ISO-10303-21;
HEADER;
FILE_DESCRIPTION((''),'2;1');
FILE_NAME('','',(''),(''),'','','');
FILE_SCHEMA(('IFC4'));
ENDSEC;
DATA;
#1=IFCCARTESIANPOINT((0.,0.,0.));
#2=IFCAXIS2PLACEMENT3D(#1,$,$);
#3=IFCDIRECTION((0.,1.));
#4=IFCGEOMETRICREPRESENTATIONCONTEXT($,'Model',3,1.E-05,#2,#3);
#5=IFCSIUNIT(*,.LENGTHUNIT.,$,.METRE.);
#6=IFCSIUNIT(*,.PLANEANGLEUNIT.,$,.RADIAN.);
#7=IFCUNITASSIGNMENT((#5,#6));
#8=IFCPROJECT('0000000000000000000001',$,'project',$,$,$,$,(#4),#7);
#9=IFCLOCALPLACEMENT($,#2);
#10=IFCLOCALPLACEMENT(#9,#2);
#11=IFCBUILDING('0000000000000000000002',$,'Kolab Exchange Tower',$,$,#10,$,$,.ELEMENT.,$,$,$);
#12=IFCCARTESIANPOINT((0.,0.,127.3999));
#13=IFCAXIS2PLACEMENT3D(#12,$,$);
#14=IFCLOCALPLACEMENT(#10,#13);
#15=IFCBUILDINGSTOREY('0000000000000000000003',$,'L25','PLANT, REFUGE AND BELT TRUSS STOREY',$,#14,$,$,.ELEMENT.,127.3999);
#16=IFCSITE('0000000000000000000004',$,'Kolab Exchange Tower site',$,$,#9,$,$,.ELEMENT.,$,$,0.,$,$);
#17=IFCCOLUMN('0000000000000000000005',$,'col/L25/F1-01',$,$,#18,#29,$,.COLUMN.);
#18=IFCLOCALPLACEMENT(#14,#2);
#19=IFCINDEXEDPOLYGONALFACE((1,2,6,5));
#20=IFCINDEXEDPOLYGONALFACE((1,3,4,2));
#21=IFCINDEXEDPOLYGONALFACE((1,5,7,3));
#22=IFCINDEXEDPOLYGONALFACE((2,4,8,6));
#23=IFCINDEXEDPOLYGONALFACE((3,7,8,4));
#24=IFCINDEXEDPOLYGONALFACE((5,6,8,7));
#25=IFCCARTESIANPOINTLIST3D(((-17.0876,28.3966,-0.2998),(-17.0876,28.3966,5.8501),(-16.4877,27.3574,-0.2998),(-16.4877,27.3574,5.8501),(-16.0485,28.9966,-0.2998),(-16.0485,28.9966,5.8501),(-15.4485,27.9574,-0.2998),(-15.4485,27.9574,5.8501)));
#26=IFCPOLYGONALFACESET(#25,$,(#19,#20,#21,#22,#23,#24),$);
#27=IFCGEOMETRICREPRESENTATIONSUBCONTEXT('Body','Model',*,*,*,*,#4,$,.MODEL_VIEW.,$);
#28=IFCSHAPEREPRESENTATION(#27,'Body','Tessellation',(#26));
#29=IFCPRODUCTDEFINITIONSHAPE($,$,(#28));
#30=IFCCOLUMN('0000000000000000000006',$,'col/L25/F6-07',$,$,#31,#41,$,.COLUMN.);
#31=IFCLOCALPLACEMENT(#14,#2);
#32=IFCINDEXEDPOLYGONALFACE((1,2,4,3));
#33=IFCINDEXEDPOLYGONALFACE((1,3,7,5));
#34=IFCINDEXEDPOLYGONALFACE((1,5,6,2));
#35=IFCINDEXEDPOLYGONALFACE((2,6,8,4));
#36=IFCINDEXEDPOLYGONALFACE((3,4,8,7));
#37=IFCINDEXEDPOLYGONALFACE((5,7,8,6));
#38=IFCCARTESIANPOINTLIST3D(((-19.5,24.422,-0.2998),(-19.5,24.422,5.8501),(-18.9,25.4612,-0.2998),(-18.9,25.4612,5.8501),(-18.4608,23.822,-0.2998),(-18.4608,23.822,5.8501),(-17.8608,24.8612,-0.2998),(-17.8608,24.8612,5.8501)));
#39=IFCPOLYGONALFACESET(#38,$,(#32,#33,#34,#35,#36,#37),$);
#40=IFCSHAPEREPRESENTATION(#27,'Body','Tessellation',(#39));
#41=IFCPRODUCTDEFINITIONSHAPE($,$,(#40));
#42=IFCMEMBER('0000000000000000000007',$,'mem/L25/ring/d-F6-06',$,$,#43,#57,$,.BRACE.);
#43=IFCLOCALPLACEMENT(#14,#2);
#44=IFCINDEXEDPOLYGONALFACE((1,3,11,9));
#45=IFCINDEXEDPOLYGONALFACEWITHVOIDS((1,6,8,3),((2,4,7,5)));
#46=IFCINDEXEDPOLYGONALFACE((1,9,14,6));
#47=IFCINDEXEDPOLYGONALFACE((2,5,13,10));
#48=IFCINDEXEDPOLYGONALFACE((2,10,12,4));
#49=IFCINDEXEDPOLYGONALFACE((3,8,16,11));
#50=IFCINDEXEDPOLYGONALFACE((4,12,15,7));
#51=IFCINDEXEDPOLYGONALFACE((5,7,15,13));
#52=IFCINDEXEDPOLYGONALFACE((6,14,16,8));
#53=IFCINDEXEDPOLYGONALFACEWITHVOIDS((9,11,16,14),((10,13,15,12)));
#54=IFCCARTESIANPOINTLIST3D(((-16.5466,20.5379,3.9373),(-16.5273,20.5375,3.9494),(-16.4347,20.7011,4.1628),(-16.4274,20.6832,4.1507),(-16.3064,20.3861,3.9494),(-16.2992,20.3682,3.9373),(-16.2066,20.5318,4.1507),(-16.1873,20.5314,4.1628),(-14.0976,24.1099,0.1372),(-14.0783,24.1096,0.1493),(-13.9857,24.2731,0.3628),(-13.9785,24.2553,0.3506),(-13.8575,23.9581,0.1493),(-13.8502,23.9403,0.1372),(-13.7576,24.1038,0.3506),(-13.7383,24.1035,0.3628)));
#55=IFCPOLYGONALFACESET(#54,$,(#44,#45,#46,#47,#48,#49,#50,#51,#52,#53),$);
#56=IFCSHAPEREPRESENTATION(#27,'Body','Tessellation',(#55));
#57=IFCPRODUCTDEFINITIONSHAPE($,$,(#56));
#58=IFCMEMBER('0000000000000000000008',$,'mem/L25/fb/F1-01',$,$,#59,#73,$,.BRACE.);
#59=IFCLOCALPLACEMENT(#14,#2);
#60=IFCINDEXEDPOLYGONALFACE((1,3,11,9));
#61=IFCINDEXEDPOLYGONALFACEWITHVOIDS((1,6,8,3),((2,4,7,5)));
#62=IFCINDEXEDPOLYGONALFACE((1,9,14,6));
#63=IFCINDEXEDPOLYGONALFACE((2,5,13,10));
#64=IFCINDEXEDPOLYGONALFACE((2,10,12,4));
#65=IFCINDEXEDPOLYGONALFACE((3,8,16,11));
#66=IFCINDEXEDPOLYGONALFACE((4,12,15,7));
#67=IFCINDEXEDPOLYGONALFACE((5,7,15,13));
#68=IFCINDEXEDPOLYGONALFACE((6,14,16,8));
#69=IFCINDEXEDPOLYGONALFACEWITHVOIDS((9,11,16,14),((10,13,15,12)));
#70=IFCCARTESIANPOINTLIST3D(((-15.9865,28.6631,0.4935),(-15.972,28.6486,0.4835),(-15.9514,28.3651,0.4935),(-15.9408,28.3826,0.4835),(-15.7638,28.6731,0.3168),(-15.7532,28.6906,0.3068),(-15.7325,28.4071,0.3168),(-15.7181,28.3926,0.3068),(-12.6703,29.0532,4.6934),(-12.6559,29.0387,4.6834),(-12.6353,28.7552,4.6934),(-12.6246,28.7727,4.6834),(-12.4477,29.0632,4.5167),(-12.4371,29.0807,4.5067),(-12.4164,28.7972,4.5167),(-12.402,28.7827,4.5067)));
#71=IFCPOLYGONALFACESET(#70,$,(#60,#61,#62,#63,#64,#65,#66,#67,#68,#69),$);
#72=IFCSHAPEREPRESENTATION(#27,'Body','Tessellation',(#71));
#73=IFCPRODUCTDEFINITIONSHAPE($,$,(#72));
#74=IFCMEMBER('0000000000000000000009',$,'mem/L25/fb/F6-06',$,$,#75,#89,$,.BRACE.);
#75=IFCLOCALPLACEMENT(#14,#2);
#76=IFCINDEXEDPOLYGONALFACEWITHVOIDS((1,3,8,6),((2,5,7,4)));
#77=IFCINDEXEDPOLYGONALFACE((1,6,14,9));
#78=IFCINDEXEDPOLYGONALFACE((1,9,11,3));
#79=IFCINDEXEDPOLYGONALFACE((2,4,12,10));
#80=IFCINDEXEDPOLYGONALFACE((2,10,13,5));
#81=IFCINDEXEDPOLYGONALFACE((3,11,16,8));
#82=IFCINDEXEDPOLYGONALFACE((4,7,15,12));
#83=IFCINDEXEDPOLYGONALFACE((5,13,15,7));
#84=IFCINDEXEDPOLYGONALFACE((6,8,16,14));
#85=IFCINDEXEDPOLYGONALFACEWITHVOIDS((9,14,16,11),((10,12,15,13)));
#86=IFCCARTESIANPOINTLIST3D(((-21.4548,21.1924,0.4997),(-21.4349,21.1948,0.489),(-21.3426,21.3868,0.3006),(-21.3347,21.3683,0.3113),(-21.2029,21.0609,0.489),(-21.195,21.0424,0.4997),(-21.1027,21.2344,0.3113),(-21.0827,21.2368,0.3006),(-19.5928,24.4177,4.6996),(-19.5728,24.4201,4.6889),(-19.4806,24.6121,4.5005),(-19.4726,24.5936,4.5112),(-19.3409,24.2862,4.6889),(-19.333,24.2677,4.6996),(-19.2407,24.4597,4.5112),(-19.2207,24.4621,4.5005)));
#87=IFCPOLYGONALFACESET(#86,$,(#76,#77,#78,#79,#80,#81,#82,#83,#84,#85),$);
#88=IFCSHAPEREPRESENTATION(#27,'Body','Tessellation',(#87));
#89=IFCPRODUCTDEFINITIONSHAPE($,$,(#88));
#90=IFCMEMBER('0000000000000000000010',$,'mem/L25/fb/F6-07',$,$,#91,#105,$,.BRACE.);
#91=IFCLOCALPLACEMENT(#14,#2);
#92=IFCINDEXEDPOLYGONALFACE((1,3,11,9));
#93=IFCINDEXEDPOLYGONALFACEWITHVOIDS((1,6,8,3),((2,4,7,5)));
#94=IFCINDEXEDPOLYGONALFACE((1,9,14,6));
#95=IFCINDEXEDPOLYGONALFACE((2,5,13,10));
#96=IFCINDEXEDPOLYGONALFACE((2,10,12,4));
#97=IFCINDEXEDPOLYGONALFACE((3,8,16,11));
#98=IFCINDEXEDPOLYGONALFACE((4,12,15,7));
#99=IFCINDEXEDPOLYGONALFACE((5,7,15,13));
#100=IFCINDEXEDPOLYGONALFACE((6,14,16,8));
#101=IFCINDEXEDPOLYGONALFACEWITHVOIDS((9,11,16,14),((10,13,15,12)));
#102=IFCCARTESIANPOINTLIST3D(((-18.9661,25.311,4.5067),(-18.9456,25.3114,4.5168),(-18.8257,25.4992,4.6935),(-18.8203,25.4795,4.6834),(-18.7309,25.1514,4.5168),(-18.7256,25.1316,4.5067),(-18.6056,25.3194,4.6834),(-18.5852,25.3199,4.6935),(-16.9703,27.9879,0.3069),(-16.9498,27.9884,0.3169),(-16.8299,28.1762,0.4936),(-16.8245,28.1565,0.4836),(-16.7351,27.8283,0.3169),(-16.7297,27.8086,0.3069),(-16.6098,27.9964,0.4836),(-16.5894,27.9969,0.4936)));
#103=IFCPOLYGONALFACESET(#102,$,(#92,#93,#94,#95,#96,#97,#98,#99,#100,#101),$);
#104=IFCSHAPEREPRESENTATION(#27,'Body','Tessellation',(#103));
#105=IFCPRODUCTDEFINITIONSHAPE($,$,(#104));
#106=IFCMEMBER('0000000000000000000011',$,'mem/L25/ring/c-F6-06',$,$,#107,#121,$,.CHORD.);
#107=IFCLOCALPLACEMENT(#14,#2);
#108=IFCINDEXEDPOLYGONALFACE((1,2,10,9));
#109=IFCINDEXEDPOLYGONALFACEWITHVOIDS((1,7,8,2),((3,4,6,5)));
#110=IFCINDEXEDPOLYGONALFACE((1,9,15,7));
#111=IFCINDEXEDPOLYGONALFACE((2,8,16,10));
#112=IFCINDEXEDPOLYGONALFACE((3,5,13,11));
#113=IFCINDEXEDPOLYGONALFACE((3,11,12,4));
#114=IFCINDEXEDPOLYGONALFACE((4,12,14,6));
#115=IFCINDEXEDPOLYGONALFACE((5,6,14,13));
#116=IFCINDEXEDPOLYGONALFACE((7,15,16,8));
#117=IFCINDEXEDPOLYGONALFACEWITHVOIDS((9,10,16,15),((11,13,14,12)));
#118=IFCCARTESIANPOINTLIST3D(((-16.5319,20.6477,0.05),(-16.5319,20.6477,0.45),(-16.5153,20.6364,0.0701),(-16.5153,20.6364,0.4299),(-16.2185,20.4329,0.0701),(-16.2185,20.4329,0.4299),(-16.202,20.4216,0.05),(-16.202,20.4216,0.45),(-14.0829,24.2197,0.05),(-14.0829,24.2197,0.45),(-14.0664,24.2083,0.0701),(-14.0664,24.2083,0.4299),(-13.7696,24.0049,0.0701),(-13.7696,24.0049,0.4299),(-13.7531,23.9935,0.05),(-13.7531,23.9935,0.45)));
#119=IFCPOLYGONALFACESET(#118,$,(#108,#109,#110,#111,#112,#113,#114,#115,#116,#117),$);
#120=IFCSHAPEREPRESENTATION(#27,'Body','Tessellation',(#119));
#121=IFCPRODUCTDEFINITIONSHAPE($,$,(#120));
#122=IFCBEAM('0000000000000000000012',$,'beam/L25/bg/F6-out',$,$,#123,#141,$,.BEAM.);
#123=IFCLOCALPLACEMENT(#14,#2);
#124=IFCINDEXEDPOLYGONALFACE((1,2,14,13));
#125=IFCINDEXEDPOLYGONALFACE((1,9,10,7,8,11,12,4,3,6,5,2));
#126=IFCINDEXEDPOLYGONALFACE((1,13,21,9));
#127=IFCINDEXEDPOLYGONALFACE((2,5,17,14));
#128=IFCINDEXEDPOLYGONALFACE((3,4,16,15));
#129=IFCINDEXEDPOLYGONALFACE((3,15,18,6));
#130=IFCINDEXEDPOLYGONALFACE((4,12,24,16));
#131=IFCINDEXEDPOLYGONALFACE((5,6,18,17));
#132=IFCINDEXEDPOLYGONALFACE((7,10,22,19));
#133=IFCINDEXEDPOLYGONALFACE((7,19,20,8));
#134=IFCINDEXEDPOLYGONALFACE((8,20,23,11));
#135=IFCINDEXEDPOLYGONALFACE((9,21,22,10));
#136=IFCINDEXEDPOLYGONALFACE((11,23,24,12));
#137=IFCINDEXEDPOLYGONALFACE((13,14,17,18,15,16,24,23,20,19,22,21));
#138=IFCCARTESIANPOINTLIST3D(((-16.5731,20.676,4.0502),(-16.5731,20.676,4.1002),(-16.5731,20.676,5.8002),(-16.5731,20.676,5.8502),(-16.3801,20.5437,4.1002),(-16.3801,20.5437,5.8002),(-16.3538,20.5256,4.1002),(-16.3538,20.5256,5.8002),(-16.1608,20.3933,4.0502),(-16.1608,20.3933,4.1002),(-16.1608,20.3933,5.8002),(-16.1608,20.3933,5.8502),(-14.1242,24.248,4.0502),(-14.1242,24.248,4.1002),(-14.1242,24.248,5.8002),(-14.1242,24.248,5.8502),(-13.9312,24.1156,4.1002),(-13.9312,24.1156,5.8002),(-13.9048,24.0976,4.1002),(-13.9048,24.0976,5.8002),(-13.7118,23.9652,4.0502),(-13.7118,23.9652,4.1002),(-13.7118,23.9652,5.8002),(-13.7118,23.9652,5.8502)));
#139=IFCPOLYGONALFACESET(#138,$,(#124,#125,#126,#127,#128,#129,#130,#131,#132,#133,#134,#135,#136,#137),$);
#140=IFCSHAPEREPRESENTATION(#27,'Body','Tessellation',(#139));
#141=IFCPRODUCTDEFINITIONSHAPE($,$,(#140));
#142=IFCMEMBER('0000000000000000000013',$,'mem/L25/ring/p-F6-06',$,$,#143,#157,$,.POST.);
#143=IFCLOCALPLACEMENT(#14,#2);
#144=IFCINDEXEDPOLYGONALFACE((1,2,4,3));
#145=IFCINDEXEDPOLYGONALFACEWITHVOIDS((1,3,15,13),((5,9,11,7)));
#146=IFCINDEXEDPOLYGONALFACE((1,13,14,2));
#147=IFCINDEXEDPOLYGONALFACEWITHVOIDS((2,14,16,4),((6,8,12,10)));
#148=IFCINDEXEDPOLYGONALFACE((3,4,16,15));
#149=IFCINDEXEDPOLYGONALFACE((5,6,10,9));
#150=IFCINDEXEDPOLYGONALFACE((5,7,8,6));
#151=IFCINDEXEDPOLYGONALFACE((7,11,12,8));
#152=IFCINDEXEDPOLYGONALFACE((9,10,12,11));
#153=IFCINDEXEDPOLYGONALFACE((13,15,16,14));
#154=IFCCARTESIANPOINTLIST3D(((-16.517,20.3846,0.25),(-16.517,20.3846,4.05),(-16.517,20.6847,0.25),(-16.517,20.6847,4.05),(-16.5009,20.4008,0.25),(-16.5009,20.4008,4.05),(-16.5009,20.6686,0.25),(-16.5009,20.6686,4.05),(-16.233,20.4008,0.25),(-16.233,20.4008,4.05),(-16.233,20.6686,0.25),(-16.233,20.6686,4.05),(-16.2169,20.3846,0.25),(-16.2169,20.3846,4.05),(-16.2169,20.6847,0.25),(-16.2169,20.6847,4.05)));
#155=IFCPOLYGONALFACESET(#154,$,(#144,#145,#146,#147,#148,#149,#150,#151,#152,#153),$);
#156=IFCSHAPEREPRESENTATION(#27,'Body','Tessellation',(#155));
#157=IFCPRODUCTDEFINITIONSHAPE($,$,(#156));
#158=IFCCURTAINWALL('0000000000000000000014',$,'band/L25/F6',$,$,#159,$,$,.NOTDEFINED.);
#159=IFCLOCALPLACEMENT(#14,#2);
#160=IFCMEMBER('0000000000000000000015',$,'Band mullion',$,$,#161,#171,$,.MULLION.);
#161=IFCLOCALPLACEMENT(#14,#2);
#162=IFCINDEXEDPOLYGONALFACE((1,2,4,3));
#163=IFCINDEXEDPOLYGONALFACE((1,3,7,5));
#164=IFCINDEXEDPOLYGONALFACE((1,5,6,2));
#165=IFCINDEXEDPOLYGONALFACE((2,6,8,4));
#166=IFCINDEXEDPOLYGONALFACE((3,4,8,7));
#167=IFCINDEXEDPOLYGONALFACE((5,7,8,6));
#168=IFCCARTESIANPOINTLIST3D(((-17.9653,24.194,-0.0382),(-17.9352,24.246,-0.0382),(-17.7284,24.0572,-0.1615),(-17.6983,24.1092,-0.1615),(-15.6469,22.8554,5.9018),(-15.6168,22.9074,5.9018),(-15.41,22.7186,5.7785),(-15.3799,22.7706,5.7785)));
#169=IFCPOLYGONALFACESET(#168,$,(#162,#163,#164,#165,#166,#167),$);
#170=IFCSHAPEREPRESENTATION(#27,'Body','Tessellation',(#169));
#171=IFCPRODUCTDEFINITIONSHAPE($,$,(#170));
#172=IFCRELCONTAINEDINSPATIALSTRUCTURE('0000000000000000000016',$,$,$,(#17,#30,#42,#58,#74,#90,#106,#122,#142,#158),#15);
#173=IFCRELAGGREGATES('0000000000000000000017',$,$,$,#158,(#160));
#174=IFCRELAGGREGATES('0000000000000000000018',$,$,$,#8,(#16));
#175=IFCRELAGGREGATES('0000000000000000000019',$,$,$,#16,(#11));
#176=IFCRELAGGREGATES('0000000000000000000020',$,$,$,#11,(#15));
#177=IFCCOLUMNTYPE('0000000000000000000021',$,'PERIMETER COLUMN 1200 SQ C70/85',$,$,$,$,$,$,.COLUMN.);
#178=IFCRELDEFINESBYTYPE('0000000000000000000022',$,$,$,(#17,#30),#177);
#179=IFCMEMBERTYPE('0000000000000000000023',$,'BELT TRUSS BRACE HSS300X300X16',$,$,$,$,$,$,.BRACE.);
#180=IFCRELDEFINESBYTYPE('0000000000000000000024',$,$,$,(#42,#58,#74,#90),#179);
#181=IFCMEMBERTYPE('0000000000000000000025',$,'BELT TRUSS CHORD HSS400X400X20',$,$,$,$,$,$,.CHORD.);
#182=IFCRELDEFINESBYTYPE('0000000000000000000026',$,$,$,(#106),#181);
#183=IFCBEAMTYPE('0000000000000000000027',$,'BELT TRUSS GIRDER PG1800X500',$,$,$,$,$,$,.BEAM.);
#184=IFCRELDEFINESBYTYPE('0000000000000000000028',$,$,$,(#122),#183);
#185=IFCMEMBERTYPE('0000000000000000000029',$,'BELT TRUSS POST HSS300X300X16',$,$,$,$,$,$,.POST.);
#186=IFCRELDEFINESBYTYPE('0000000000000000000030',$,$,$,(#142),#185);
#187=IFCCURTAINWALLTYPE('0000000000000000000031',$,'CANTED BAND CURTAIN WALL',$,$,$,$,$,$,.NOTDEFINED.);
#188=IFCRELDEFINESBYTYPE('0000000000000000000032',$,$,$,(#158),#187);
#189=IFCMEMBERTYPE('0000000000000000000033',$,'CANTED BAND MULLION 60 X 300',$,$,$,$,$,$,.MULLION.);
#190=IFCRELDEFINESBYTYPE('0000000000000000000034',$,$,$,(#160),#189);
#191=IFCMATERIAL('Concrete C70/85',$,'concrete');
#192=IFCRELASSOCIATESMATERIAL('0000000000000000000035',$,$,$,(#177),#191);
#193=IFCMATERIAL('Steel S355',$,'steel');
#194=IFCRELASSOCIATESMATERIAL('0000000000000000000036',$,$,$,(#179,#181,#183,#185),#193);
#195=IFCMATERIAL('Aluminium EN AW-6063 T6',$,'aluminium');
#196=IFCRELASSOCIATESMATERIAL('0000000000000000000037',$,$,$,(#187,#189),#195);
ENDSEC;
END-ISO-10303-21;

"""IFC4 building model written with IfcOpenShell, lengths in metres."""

from ifc_helpers import new_model, si_unit, direction, frame, origin, origin_2d, place, context, subcontext, project, spatial, rectangle, hollow_rectangle, i_section, extrude, material, material_profile, profile_set, type_object, element, aggregate, save


model = new_model("IFC4")

# Units and contexts
model_context = context("Model", 3, precision=1e-05, world=origin(), true_north=direction((0.0, 1.0)))
body_context = subcontext(model_context, "Body", "Model", "MODEL_VIEW")
ifc_project = project(units=[si_unit("LENGTHUNIT", "METRE"), si_unit("PLANEANGLEUNIT", "RADIAN")], contexts=[model_context])

# Site, building, storey
site_placement = place(None, origin())
site = spatial("IfcSite", under=ifc_project, at=site_placement, Name="Kolab Exchange Tower site", CompositionType="ELEMENT", RefElevation=0.0)
building_placement = place(site_placement, origin())
building = spatial("IfcBuilding", under=site, at=building_placement, Name="Kolab Exchange Tower", CompositionType="ELEMENT")
storey_placement = place(building_placement, frame((0.0, 0.0, 127.3999)))
storey = spatial("IfcBuildingStorey", under=building, at=storey_placement, Name="L25", Description="PLANT, REFUGE AND BELT TRUSS STOREY", CompositionType="ELEMENT", Elevation=127.3999)

# Columns
ifc_material_1 = material(Name="Concrete C70/85", Category="concrete")
ifc_material_profile_1 = material_profile(ifc_material_1, rectangle(XDim=1.2, YDim=1.2, at=origin_2d()), Name="RC1200")
ifc_profile_set_1 = profile_set([ifc_material_profile_1], Name="Concrete C70/85")
column_type = type_object("IfcColumnType", Name="PERIMETER COLUMN 1200 SQ C70/85", PredefinedType="COLUMN", material=ifc_profile_set_1)
for number, where, z_axis, x_axis, name in (
    (1, (-16.2681, 28.177, -0.2998), (0.0, 0.0, 1.0), (0.866025, 0.5, 0.0), "col/L25/F1-01"),
    (2, (-18.6804, 24.6416, -0.2998), (0.0, 0.0, 1.0), (0.5, 0.866025, 0.0), "col/L25/F6-07"),
):
    element("IfcColumn", number, at=place(storey_placement, frame(where, z_axis=z_axis, x_axis=x_axis)), inside=storey, type_object=column_type, Name=name, PredefinedType="COLUMN", context=body_context, shape_type="SweptSolid", body=[
        extrude(rectangle(XDim=1.2, YDim=1.2, at=origin_2d()), origin(), (0.0, 0.0, 1.0), 6.1499),
    ])

# Members
ifc_material_2 = material(Name="Steel S355", Category="steel")
ifc_material_profile_2 = material_profile(ifc_material_2, hollow_rectangle(XDim=0.3, YDim=0.3, WallThickness=0.0161, at=origin_2d()), Name="HSS300X300X16")
ifc_profile_set_2 = profile_set([ifc_material_profile_2], Name="Steel S355")
member_type_1 = type_object("IfcMemberType", Name="BELT TRUSS BRACE HSS300X300X16", PredefinedType="BRACE", material=ifc_profile_set_2)
member_1_placement = place(storey_placement, frame((-16.3669, 20.5347, 4.05), z_axis=(0.425044, 0.61996, -0.659536), x_axis=(-0.824773, 0.565464, 0.0)))
element("IfcMember", 3, at=member_1_placement, inside=storey, type_object=member_type_1, Name="mem/L25/ring/d-F6-06", PredefinedType="BRACE", context=body_context, shape_type="SweptSolid", body=[
    extrude(hollow_rectangle(XDim=0.3, YDim=0.3, WallThickness=0.0161, at=origin_2d()), origin(), (0.0, 0.0, 1.0), 5.7617),
])
member_2_placement = place(storey_placement, frame((-15.8523, 28.5278, 0.4001), z_axis=(0.618051, 0.072712, 0.782768), x_axis=(-0.116841, 0.993151, 0.0)))
element("IfcMember", 4, at=member_2_placement, inside=storey, type_object=member_type_1, Name="mem/L25/fb/F1-01", PredefinedType="BRACE", context=body_context, shape_type="SweptSolid", body=[
    extrude(hollow_rectangle(XDim=0.3, YDim=0.3, WallThickness=0.0161, at=origin_2d()), origin(), (0.0, 0.0, 1.0), 5.3655),
])
member_3_placement = place(storey_placement, frame((-21.2688, 21.2146, 0.4001), z_axis=(0.33172, 0.574584, 0.748208), x_axis=(-0.866036, 0.499982, 0.0)))
element("IfcMember", 5, at=member_3_placement, inside=storey, type_object=member_type_1, Name="mem/L25/fb/F6-06", PredefinedType="BRACE", context=body_context, shape_type="SweptSolid", body=[
    extrude(hollow_rectangle(XDim=0.3, YDim=0.3, WallThickness=0.0161, at=origin_2d()), origin(), (0.0, 0.0, 1.0), 5.6133),
])
member_4_placement = place(storey_placement, frame((-18.7756, 25.3154, 4.6001), z_axis=(0.371973, 0.498922, -0.78276), x_axis=(-0.801708, 0.597716, 0.0)))
element("IfcMember", 6, at=member_4_placement, inside=storey, type_object=member_type_1, Name="mem/L25/fb/F6-07", PredefinedType="BRACE", context=body_context, shape_type="SweptSolid", body=[
    extrude(hollow_rectangle(XDim=0.3, YDim=0.3, WallThickness=0.0161, at=origin_2d()), origin(), (0.0, 0.0, 1.0), 5.3655),
])
ifc_material_profile_3 = material_profile(ifc_material_2, hollow_rectangle(XDim=0.3999, YDim=0.3999, WallThickness=0.02, at=origin_2d()), Name="HSS400X400X20")
ifc_profile_set_3 = profile_set([ifc_material_profile_3], Name="Steel S355")
member_type_2 = type_object("IfcMemberType", Name="BELT TRUSS CHORD HSS400X400X20", PredefinedType="CHORD", material=ifc_profile_set_3)
member_5_placement = place(storey_placement, frame((-16.3669, 20.5347, 0.25), z_axis=(0.565464, 0.824773, 0.0), x_axis=(-0.824773, 0.565464, 0.0)))
element("IfcMember", 7, at=member_5_placement, inside=storey, type_object=member_type_2, Name="mem/L25/ring/c-F6-06", PredefinedType="CHORD", context=body_context, shape_type="SweptSolid", body=[
    extrude(hollow_rectangle(XDim=0.3999, YDim=0.3999, WallThickness=0.02, at=origin_2d()), origin(), (0.0, 0.0, 1.0), 4.3308),
])

# Beam
ifc_material_profile_4 = material_profile(ifc_material_2, i_section(OverallWidth=0.5, OverallDepth=1.8, WebThickness=0.032, FlangeThickness=0.05, at=origin_2d()), Name="PG1800X500")
ifc_profile_set_4 = profile_set([ifc_material_profile_4], Name="Steel S355")
beam_type_1 = type_object("IfcBeamType", Name="BELT TRUSS GIRDER PG1800X500", PredefinedType="BEAM", material=ifc_profile_set_4)
beam_1_placement = place(storey_placement, frame((-16.3669, 20.5347, 4.9502), z_axis=(0.565464, 0.824773, 0.0), x_axis=(-0.824773, 0.565464, 0.0)))
element("IfcBeam", 8, at=beam_1_placement, inside=storey, type_object=beam_type_1, Name="beam/L25/bg/F6-out", PredefinedType="BEAM", context=body_context, shape_type="SweptSolid", body=[
    extrude(i_section(OverallWidth=0.5, OverallDepth=1.8, WebThickness=0.032, FlangeThickness=0.05, at=origin_2d()), origin(), (0.0, 0.0, 1.0), 4.3308),
])

# Member
ifc_material_profile_5 = material_profile(ifc_material_2, hollow_rectangle(XDim=0.3, YDim=0.3, WallThickness=0.0161, at=origin_2d()), Name="HSS300X300X16")
ifc_profile_set_5 = profile_set([ifc_material_profile_5], Name="Steel S355")
member_type_3 = type_object("IfcMemberType", Name="BELT TRUSS POST HSS300X300X16", PredefinedType="POST", material=ifc_profile_set_5)
member_6_placement = place(storey_placement, frame((-16.3669, 20.5347, 0.25), z_axis=(0.0, 0.0, 1.0), x_axis=(1.0, 0.0, 0.0)))
element("IfcMember", 9, at=member_6_placement, inside=storey, type_object=member_type_3, Name="mem/L25/ring/p-F6-06", PredefinedType="POST", context=body_context, shape_type="SweptSolid", body=[
    extrude(hollow_rectangle(XDim=0.3, YDim=0.3, WallThickness=0.0161, at=origin_2d()), origin(), (0.0, 0.0, 1.0), 3.8),
])

# Curtain wall, member
ifc_material_3 = material(Name="Aluminium EN AW-6063 T6", Category="aluminium")
curtain_wall_type_1 = type_object("IfcCurtainWallType", Name="CANTED BAND CURTAIN WALL", PredefinedType="NOTDEFINED", material=ifc_material_3)
curtain_wall_1_placement = place(storey_placement, origin())
curtain_wall_1 = element("IfcCurtainWall", 10, at=curtain_wall_1_placement, inside=storey, type_object=curtain_wall_type_1, Name="band/L25/F6", PredefinedType="NOTDEFINED")
ifc_material_profile_6 = material_profile(ifc_material_3, rectangle(XDim=0.0601, YDim=0.3, at=origin_2d()), Name="RECT 60X300")
ifc_profile_set_6 = profile_set([ifc_material_profile_6], Name="Aluminium EN AW-6063 T6")
member_type_4 = type_object("IfcMemberType", Name="CANTED BAND MULLION 60 X 300", PredefinedType="MULLION", material=ifc_profile_set_6)
member_7_placement = place(storey_placement, frame((-17.8318, 24.1516, -0.0999), z_axis=(0.355831, -0.205457, 0.911686), x_axis=(0.500033, 0.866006, 0.0)))
member_7 = element("IfcMember", 11, at=member_7_placement, type_object=member_type_4, Name="Band mullion", PredefinedType="MULLION", context=body_context, shape_type="SweptSolid", body=[
    extrude(rectangle(XDim=0.0601, YDim=0.3, at=origin_2d()), origin(), (0.0, 0.0, 1.0), 6.5154),
])
aggregate(curtain_wall_1, [member_7])

save(model, "model.ifc")
